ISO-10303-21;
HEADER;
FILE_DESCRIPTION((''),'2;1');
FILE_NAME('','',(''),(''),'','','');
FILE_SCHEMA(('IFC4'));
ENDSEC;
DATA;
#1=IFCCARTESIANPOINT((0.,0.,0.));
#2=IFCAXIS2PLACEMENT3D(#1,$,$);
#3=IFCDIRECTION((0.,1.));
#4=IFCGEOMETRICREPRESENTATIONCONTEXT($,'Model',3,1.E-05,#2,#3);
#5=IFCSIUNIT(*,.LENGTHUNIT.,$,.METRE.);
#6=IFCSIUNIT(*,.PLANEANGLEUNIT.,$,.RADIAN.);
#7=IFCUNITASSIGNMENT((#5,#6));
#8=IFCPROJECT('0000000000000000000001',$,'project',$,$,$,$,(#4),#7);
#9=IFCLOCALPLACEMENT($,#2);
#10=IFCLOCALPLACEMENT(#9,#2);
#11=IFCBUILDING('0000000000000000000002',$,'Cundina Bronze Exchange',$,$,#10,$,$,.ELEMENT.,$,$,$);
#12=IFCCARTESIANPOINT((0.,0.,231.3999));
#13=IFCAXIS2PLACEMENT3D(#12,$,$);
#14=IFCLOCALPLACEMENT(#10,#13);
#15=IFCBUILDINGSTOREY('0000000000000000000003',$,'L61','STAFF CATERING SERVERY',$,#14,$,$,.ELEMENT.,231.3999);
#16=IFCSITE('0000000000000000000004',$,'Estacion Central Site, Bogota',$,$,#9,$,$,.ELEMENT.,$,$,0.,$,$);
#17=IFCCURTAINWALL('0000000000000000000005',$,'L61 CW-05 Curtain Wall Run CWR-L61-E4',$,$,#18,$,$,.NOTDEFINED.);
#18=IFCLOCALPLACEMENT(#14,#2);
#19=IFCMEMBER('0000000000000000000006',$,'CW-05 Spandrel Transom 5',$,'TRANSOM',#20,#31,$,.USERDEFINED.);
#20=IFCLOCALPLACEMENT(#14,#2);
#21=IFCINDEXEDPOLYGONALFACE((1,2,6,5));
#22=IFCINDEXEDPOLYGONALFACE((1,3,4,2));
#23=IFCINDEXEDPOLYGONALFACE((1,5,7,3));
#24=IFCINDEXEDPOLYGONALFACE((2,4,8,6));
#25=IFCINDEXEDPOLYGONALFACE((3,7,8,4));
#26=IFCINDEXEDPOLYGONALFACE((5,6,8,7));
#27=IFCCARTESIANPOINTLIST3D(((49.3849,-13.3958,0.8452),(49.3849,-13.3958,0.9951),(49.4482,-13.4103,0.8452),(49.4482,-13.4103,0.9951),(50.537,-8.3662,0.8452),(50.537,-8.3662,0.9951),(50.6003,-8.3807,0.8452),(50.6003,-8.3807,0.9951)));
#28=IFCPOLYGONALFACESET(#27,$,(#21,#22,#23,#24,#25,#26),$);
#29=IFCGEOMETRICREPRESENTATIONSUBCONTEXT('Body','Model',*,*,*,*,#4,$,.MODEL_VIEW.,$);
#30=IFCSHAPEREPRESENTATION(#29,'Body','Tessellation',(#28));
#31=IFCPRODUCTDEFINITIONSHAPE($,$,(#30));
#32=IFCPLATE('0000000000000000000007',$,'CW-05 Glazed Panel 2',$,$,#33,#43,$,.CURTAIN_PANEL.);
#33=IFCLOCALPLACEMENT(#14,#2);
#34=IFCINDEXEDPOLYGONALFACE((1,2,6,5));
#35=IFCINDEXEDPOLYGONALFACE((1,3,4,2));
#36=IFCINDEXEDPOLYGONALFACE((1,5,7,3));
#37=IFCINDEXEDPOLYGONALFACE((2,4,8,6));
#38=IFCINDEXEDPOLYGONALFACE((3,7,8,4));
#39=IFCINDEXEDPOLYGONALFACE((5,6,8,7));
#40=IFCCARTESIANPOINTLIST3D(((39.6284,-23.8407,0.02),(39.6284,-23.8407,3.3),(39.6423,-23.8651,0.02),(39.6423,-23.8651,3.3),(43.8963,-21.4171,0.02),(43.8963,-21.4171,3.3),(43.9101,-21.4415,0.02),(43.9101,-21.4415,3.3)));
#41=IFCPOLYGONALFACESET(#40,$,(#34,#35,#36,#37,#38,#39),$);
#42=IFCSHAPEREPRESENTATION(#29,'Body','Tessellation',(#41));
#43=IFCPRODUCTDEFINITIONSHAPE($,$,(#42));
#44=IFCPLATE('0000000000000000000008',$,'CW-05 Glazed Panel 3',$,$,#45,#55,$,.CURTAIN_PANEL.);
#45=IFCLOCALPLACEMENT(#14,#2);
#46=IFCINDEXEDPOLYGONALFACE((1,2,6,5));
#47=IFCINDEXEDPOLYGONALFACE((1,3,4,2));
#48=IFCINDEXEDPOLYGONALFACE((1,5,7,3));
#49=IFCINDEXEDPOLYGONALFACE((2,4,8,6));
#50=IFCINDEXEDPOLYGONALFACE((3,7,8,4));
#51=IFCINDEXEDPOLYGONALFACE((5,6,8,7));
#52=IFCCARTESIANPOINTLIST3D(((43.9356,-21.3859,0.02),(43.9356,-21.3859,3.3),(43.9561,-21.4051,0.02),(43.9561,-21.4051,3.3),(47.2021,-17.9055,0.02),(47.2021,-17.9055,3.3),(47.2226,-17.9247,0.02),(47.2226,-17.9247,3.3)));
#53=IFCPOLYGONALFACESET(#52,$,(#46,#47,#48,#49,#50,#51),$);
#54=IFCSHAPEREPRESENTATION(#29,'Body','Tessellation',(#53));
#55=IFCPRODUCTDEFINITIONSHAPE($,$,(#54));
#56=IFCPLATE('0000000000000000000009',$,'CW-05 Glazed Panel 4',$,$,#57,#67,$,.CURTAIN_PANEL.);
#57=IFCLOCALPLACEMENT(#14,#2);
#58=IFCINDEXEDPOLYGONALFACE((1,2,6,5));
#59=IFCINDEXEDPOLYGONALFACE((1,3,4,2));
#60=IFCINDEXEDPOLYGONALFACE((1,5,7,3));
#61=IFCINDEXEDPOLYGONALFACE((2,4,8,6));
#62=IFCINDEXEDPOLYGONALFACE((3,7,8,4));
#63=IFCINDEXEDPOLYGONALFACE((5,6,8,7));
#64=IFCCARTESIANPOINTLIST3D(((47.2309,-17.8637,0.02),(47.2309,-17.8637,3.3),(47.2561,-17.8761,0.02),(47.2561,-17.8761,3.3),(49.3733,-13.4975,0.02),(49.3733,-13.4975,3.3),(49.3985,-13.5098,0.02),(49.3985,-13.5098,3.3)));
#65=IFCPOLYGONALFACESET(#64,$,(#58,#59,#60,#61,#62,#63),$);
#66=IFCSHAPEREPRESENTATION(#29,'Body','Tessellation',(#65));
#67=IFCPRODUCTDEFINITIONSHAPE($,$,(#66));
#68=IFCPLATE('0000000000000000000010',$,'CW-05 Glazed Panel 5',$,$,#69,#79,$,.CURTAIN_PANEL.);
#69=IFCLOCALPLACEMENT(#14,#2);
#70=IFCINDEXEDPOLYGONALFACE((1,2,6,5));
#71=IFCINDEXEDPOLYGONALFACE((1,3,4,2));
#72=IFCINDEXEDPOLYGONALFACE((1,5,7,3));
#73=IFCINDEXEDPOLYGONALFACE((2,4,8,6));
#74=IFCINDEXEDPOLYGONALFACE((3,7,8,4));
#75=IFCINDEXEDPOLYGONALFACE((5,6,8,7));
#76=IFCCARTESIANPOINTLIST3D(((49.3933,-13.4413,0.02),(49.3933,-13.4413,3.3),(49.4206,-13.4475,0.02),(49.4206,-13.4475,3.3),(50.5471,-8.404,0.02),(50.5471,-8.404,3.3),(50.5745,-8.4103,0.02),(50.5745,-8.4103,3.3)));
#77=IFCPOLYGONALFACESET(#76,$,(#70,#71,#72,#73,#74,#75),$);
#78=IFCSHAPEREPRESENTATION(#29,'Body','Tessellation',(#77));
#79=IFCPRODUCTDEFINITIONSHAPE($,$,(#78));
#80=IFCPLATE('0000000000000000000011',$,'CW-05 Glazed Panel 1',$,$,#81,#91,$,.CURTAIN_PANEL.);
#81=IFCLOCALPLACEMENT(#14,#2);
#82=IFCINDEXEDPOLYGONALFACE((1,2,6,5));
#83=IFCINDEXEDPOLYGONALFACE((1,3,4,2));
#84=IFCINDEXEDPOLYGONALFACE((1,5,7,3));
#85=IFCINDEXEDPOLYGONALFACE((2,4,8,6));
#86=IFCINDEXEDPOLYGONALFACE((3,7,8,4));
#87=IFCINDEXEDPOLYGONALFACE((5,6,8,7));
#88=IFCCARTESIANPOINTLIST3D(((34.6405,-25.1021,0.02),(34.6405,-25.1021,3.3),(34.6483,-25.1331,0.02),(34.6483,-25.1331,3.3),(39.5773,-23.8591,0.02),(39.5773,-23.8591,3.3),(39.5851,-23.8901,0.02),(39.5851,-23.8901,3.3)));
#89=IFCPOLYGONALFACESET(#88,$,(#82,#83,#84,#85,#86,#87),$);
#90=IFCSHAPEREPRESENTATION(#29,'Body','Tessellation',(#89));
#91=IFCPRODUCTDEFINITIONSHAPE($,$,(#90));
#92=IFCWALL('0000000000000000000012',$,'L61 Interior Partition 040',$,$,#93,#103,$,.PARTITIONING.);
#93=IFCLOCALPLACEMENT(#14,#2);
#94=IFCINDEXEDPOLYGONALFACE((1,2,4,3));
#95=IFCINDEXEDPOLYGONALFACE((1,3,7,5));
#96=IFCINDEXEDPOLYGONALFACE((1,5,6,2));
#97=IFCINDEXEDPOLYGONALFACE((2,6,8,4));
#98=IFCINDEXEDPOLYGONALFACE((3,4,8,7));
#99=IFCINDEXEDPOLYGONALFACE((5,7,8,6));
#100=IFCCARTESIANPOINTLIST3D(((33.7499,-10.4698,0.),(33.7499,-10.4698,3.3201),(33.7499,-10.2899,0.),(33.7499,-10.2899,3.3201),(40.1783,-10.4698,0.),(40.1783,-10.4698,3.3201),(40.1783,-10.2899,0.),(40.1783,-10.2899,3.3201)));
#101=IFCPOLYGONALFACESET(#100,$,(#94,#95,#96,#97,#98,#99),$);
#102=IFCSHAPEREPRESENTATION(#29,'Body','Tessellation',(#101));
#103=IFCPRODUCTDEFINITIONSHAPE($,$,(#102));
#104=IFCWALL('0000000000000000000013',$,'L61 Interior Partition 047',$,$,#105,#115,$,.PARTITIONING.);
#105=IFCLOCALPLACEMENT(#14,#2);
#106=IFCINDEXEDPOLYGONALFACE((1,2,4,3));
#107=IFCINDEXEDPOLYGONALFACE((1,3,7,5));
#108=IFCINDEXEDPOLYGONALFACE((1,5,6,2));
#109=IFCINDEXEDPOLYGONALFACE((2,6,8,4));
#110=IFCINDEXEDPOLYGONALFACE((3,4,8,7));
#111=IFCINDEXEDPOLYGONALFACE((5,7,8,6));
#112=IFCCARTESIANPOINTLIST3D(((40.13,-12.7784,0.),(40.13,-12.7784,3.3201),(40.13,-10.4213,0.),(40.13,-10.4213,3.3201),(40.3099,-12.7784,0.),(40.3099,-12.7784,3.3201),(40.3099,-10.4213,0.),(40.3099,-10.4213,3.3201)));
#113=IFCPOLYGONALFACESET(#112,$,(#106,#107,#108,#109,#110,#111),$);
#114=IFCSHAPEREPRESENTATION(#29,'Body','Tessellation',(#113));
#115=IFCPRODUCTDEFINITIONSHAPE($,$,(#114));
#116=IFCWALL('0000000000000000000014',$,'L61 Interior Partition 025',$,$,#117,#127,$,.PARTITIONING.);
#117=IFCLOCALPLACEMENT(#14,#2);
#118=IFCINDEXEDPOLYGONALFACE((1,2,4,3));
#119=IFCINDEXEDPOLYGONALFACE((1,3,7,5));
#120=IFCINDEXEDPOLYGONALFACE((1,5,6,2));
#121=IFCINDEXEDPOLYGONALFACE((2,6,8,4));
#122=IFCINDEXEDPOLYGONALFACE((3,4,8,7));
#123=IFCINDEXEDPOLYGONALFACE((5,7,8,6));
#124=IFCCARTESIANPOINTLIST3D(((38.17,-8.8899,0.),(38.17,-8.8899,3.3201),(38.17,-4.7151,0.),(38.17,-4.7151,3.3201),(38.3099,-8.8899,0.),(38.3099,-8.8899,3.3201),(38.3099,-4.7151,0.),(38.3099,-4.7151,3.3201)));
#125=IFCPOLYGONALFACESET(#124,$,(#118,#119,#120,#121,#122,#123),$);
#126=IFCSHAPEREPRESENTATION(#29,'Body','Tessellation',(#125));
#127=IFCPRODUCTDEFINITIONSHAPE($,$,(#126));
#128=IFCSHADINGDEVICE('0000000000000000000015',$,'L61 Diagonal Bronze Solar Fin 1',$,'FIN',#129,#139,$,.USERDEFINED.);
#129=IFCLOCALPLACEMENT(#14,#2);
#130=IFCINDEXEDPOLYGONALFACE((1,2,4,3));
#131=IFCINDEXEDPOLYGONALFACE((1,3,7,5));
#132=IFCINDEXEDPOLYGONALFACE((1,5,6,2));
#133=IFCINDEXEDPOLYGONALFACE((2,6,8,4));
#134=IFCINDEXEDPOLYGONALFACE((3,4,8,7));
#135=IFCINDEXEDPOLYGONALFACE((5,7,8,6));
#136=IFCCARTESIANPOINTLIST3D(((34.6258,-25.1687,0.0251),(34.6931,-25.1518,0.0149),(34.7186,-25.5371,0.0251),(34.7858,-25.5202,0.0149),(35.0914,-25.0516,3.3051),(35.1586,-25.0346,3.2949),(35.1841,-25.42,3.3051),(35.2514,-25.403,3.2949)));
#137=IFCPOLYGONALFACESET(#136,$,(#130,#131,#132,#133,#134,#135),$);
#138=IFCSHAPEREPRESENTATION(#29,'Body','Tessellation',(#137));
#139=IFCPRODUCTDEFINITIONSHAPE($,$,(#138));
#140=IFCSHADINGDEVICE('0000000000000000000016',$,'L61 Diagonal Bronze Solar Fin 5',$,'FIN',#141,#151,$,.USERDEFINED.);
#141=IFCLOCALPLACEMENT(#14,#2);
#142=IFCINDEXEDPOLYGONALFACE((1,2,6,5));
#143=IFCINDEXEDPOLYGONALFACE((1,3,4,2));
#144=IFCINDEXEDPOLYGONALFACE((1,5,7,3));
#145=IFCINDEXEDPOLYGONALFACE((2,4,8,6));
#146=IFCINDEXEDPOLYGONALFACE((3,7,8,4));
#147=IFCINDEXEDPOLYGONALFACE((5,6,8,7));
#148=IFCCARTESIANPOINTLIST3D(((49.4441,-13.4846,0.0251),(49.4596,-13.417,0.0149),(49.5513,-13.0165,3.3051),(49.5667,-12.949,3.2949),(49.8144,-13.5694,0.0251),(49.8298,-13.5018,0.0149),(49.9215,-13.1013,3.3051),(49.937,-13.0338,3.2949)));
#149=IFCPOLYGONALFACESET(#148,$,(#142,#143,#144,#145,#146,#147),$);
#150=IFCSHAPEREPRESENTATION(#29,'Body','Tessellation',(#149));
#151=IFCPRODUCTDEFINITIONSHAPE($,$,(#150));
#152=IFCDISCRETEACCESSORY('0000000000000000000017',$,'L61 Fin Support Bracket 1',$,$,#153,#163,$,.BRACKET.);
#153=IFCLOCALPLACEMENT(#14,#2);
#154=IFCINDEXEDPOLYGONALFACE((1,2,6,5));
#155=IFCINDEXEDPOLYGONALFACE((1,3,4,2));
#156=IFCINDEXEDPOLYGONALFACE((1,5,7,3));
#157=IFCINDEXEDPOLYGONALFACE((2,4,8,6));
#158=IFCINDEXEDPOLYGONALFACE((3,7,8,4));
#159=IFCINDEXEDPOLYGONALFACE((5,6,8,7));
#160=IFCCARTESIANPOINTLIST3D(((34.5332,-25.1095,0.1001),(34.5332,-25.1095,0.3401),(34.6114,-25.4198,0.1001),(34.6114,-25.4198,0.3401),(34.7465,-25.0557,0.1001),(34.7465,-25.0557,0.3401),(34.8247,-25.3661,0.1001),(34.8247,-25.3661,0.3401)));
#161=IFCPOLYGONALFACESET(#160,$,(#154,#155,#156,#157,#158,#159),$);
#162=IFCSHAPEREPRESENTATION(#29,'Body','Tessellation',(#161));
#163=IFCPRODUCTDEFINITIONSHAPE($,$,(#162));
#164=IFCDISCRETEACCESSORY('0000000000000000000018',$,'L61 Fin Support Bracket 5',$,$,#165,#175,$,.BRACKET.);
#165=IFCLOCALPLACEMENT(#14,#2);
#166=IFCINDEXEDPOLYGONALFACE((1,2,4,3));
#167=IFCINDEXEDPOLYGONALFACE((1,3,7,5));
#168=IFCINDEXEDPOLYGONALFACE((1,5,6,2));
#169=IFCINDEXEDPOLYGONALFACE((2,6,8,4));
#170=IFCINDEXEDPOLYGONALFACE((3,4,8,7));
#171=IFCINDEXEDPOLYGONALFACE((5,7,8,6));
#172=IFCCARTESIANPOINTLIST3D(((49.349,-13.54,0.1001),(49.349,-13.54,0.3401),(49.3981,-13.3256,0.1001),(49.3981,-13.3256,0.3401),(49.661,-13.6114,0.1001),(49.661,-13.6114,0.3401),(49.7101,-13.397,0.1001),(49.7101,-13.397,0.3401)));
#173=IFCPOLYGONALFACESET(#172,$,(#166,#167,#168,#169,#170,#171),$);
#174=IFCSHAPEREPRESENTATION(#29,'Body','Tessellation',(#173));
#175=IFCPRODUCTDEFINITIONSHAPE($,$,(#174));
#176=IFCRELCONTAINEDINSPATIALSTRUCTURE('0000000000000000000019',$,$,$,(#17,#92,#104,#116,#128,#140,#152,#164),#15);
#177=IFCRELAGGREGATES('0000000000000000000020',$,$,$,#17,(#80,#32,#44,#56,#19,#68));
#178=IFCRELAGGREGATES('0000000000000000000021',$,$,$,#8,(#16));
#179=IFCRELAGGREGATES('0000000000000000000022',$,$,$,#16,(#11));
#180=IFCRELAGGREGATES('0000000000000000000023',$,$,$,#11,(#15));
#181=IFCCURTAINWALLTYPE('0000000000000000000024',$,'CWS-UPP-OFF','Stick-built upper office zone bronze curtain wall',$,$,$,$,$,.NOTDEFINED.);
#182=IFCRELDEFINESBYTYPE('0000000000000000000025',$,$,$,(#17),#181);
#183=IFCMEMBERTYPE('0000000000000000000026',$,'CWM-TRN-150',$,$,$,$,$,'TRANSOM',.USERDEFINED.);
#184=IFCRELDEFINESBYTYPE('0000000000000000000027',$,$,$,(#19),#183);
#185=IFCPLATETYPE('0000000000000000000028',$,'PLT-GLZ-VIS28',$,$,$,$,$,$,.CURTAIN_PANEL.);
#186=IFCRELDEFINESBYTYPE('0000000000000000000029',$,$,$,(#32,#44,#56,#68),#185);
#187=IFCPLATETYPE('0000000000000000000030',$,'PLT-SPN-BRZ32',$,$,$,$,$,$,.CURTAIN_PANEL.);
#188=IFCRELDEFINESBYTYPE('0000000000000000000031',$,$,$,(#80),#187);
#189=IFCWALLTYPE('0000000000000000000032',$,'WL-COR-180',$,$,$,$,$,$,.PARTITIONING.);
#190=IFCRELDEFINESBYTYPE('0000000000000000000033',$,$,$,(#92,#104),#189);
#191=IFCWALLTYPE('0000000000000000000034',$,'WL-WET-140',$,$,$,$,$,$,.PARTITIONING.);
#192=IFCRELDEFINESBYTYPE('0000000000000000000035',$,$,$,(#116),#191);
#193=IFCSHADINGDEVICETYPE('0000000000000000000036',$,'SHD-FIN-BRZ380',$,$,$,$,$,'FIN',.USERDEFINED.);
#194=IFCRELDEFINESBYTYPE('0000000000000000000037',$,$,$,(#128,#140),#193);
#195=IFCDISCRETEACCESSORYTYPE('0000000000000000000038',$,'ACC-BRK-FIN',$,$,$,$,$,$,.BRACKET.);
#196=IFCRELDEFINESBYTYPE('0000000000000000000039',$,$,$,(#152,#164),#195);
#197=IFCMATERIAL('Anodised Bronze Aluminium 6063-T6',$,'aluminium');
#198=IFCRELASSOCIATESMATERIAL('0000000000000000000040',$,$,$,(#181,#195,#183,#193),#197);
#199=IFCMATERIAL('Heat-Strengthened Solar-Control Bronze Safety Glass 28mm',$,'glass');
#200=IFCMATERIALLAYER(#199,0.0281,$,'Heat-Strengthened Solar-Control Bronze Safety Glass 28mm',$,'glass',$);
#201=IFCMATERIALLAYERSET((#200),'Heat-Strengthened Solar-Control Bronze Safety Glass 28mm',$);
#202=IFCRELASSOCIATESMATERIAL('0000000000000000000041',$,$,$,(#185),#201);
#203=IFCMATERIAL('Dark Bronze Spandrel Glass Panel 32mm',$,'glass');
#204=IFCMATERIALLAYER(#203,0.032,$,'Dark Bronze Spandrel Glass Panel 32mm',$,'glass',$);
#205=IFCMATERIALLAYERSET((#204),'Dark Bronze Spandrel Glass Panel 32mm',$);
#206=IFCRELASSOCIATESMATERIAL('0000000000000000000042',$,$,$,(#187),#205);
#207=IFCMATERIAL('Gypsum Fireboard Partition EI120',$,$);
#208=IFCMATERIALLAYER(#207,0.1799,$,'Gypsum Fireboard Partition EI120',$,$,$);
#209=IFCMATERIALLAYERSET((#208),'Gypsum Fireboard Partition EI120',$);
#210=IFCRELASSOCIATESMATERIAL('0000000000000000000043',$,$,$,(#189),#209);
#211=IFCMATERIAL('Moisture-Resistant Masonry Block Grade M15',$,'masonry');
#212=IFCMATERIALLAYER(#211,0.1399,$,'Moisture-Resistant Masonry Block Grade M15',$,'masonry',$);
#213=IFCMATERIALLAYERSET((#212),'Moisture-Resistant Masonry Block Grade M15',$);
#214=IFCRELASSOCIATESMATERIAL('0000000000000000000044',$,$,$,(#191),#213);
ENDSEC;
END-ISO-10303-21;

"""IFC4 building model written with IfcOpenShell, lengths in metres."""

from ifc_helpers import new_model, si_unit, direction, frame, frame_2d, origin, origin_2d, place, context, subcontext, project, spatial, rectangle, extrude, material, layer, layer_set, material_profile, profile_set, type_object, element, aggregate, save


model = new_model("IFC4")

# Units and contexts
model_context = context("Model", 3, precision=1e-05, world=origin(), true_north=direction((0.0, 1.0)))
body_context = subcontext(model_context, "Body", "Model", "MODEL_VIEW")
ifc_project = project(units=[si_unit("LENGTHUNIT", "METRE"), si_unit("PLANEANGLEUNIT", "RADIAN")], contexts=[model_context])

# Site, building, storey
site_placement = place(None, origin())
site = spatial("IfcSite", under=ifc_project, at=site_placement, Name="Estacion Central Site, Bogota", CompositionType="ELEMENT", RefElevation=0.0)
building_placement = place(site_placement, origin())
building = spatial("IfcBuilding", under=site, at=building_placement, Name="Cundina Bronze Exchange", CompositionType="ELEMENT")
storey_placement = place(building_placement, frame((0.0, 0.0, 231.3999)))
storey = spatial("IfcBuildingStorey", under=building, at=storey_placement, Name="L61", Description="STAFF CATERING SERVERY", CompositionType="ELEMENT", Elevation=231.3999)

# Curtain wall, member, plates
ifc_material_1 = material(Name="Anodised Bronze Aluminium 6063-T6", Category="aluminium")
curtain_wall_type = type_object("IfcCurtainWallType", Name="CWS-UPP-OFF", Description="Stick-built upper office zone bronze curtain wall", PredefinedType="NOTDEFINED", material=ifc_material_1)
curtain_wall_placement = place(storey_placement, origin())
curtain_wall = element("IfcCurtainWall", 1, at=curtain_wall_placement, inside=storey, type_object=curtain_wall_type, Name="L61 CW-05 Curtain Wall Run CWR-L61-E4", PredefinedType="NOTDEFINED")
ifc_material_profile_1 = material_profile(ifc_material_1, rectangle(XDim=0.0649, YDim=0.1499, at=origin_2d()), Name="AL65X150", Category="aluminium")
ifc_profile_set_1 = profile_set([ifc_material_profile_1], Name="Anodised Bronze Aluminium 6063-T6")
member_type_1 = type_object("IfcMemberType", Name="CWM-TRN-150", ElementType="TRANSOM", PredefinedType="USERDEFINED", material=ifc_profile_set_1)
member_1_placement = place(storey_placement, frame((49.4165, -13.4031, 0.9202), z_axis=(0.223283, 0.974754, 0.0), x_axis=(-0.974754, 0.223283, 0.0)))
member_1 = element("IfcMember", 2, at=member_1_placement, type_object=member_type_1, Name="CW-05 Spandrel Transom 5", ObjectType="TRANSOM", PredefinedType="USERDEFINED", context=body_context, shape_type="SweptSolid", body=[
    extrude(rectangle(XDim=0.0649, YDim=0.1499, at=origin_2d()), origin(), (0.0, 0.0, 1.0), 5.1599),
])
ifc_material_2 = material(Name="Heat-Strengthened Solar-Control Bronze Safety Glass 28mm", Category="glass")
ifc_layer_1 = layer(ifc_material_2, 0.0281, Name="Heat-Strengthened Solar-Control Bronze Safety Glass 28mm", Category="glass")
ifc_layer_set_1 = layer_set([ifc_layer_1], Name="Heat-Strengthened Solar-Control Bronze Safety Glass 28mm")
plate_type_1 = type_object("IfcPlateType", Name="PLT-GLZ-VIS28", PredefinedType="CURTAIN_PANEL", material=ifc_layer_set_1)
plate_1_placement = place(storey_placement, frame((41.7693, -22.6411, 0.02), z_axis=(0.0, 0.0, 1.0), x_axis=(0.869573, 0.493805, 0.0)))
plate_1 = element("IfcPlate", 3, at=plate_1_placement, type_object=plate_type_1, Name="CW-05 Glazed Panel 2", PredefinedType="CURTAIN_PANEL", context=body_context, shape_type="SweptSolid", body=[
    extrude(rectangle(XDim=4.908, YDim=0.0281, at=origin_2d()), origin(), (0.0, 0.0, 1.0), 3.28),
])
plate_2_placement = place(storey_placement, frame((45.5791, -19.6553, 0.02), z_axis=(0.0, 0.0, 1.0), x_axis=(0.684344, 0.72916, 0.0)))
plate_2 = element("IfcPlate", 4, at=plate_2_placement, type_object=plate_type_1, Name="CW-05 Glazed Panel 3", PredefinedType="CURTAIN_PANEL", context=body_context, shape_type="SweptSolid", body=[
    extrude(rectangle(XDim=4.7732, YDim=0.0281, at=origin_2d()), origin(), (0.0, 0.0, 1.0), 3.28),
])
plate_3_placement = place(storey_placement, frame((48.3147, -15.6868, 0.02), z_axis=(0.0, 0.0, 1.0), x_axis=(0.440503, 0.897751, 0.0)))
plate_3 = element("IfcPlate", 5, at=plate_3_placement, type_object=plate_type_1, Name="CW-05 Glazed Panel 4", PredefinedType="CURTAIN_PANEL", context=body_context, shape_type="SweptSolid", body=[
    extrude(rectangle(XDim=4.8635, YDim=0.0281, at=origin_2d()), origin(), (0.0, 0.0, 1.0), 3.28),
])
plate_4_placement = place(storey_placement, frame((49.9839, -10.9258, 0.02), z_axis=(0.0, 0.0, 1.0), x_axis=(0.223284, 0.974753, 0.0)))
plate_4 = element("IfcPlate", 6, at=plate_4_placement, type_object=plate_type_1, Name="CW-05 Glazed Panel 5", PredefinedType="CURTAIN_PANEL", context=body_context, shape_type="SweptSolid", body=[
    extrude(rectangle(XDim=5.1677, YDim=0.0281, at=origin_2d()), origin(), (0.0, 0.0, 1.0), 3.28),
])
ifc_material_3 = material(Name="Dark Bronze Spandrel Glass Panel 32mm", Category="glass")
ifc_layer_2 = layer(ifc_material_3, 0.032, Name="Dark Bronze Spandrel Glass Panel 32mm", Category="glass")
ifc_layer_set_2 = layer_set([ifc_layer_2], Name="Dark Bronze Spandrel Glass Panel 32mm")
plate_type_2 = type_object("IfcPlateType", Name="PLT-SPN-BRZ32", PredefinedType="CURTAIN_PANEL", material=ifc_layer_set_2)
plate_5_placement = place(storey_placement, frame((37.1128, -24.4961, 0.02), z_axis=(0.0, 0.0, 1.0), x_axis=(0.969732, 0.244174, 0.0)))
plate_5 = element("IfcPlate", 7, at=plate_5_placement, type_object=plate_type_2, Name="CW-05 Glazed Panel 1", PredefinedType="CURTAIN_PANEL", context=body_context, shape_type="SweptSolid", body=[
    extrude(rectangle(XDim=5.0908, YDim=0.032, at=origin_2d()), origin(), (0.0, 0.0, 1.0), 3.28),
])
aggregate(curtain_wall, [plate_5, plate_1, plate_2, plate_3, member_1, plate_4])

# Walls
ifc_material_4 = material(Name="Gypsum Fireboard Partition EI120")
ifc_layer_3 = layer(ifc_material_4, 0.1799, Name="Gypsum Fireboard Partition EI120")
ifc_layer_set_3 = layer_set([ifc_layer_3], Name="Gypsum Fireboard Partition EI120")
wall_type_1 = type_object("IfcWallType", Name="WL-COR-180", PredefinedType="PARTITIONING", material=ifc_layer_set_3)
wall_1_placement = place(storey_placement, frame((40.1785, -10.3799, 0.0), z_axis=(0.0, 0.0, 1.0), x_axis=(-1.0, 0.0, 0.0)))
element("IfcWall", 8, at=wall_1_placement, inside=storey, type_object=wall_type_1, Name="L61 Interior Partition 040", PredefinedType="PARTITIONING", context=body_context, shape_type="SweptSolid", body=[
    extrude(rectangle(XDim=6.4285, YDim=0.1799, at=frame_2d((3.2144, 0.0))), origin(), (0.0, 0.0, 1.0), 3.3201),
])
wall_2_placement = place(storey_placement, frame((40.22, -12.7786, 0.0), z_axis=(0.0, 0.0, 1.0), x_axis=(0.0, 1.0, 0.0)))
element("IfcWall", 9, at=wall_2_placement, inside=storey, type_object=wall_type_1, Name="L61 Interior Partition 047", PredefinedType="PARTITIONING", context=body_context, shape_type="SweptSolid", body=[
    extrude(rectangle(XDim=2.3572, YDim=0.1799, at=frame_2d((1.1787, 0.0))), origin(), (0.0, 0.0, 1.0), 3.3201),
])
ifc_material_5 = material(Name="Moisture-Resistant Masonry Block Grade M15", Category="masonry")
ifc_layer_4 = layer(ifc_material_5, 0.1399, Name="Moisture-Resistant Masonry Block Grade M15", Category="masonry")
ifc_layer_set_4 = layer_set([ifc_layer_4], Name="Moisture-Resistant Masonry Block Grade M15")
wall_type_2 = type_object("IfcWallType", Name="WL-WET-140", PredefinedType="PARTITIONING", material=ifc_layer_set_4)
wall_3_placement = place(storey_placement, frame((38.24, -8.8899, 0.0), z_axis=(0.0, 0.0, 1.0), x_axis=(0.0, 1.0, 0.0)))
element("IfcWall", 10, at=wall_3_placement, inside=storey, type_object=wall_type_2, Name="L61 Interior Partition 025", PredefinedType="PARTITIONING", context=body_context, shape_type="SweptSolid", body=[
    extrude(rectangle(XDim=4.1748, YDim=0.1399, at=frame_2d((2.0874, 0.0))), origin(), (0.0, 0.0, 1.0), 3.3201),
])

# Shading devices
ifc_material_profile_2 = material_profile(ifc_material_1, rectangle(XDim=0.0701, YDim=0.3799, at=origin_2d()), Name="FIN70X380", Category="aluminium")
ifc_profile_set_2 = profile_set([ifc_material_profile_2], Name="Anodised Bronze Aluminium 6063-T6")
shading_device_type = type_object("IfcShadingDeviceType", Name="SHD-FIN-BRZ380", ElementType="FIN", PredefinedType="USERDEFINED", material=ifc_profile_set_2)
for number, where, z_axis, x_axis, name in (
    (11, (34.7058, -25.3445, 0.02), (0.140446, 0.035351, 0.989457), (-0.959528, -0.241517, 0.144827), "L61 Diagonal Bronze Solar Fin 1"),
    (12, (49.637, -13.4932, 0.02), (0.032331, 0.141182, 0.989456), (-0.220871, -0.964488, 0.144837), "L61 Diagonal Bronze Solar Fin 5"),
):
    element("IfcShadingDevice", number, at=place(storey_placement, frame(where, z_axis=z_axis, x_axis=x_axis)), inside=storey, type_object=shading_device_type, Name=name, ObjectType="FIN", PredefinedType="USERDEFINED", context=body_context, shape_type="SweptSolid", body=[
        extrude(rectangle(XDim=0.0701, YDim=0.3799, at=origin_2d()), origin(), (0.0, 0.0, 1.0), 3.3149),
    ])

# Discrete accessories
discrete_accessory_type = type_object("IfcDiscreteAccessoryType", Name="ACC-BRK-FIN", PredefinedType="BRACKET", material=ifc_material_1)
for number, where, z_axis, x_axis, name in (
    (13, (34.679, -25.2378, 0.1001), (0.0, 0.0, 1.0), (0.969732, 0.244174, 0.0), "L61 Fin Support Bracket 1"),
    (14, (49.5295, -13.4685, 0.1001), (0.0, 0.0, 1.0), (0.223284, 0.974753, 0.0), "L61 Fin Support Bracket 5"),
):
    element("IfcDiscreteAccessory", number, at=place(storey_placement, frame(where, z_axis=z_axis, x_axis=x_axis)), inside=storey, type_object=discrete_accessory_type, Name=name, PredefinedType="BRACKET", context=body_context, shape_type="SweptSolid", body=[
        extrude(rectangle(XDim=0.22, YDim=0.3201, at=origin_2d()), origin(), (0.0, 0.0, 1.0), 0.24),
    ])

save(model, "model.ifc")
